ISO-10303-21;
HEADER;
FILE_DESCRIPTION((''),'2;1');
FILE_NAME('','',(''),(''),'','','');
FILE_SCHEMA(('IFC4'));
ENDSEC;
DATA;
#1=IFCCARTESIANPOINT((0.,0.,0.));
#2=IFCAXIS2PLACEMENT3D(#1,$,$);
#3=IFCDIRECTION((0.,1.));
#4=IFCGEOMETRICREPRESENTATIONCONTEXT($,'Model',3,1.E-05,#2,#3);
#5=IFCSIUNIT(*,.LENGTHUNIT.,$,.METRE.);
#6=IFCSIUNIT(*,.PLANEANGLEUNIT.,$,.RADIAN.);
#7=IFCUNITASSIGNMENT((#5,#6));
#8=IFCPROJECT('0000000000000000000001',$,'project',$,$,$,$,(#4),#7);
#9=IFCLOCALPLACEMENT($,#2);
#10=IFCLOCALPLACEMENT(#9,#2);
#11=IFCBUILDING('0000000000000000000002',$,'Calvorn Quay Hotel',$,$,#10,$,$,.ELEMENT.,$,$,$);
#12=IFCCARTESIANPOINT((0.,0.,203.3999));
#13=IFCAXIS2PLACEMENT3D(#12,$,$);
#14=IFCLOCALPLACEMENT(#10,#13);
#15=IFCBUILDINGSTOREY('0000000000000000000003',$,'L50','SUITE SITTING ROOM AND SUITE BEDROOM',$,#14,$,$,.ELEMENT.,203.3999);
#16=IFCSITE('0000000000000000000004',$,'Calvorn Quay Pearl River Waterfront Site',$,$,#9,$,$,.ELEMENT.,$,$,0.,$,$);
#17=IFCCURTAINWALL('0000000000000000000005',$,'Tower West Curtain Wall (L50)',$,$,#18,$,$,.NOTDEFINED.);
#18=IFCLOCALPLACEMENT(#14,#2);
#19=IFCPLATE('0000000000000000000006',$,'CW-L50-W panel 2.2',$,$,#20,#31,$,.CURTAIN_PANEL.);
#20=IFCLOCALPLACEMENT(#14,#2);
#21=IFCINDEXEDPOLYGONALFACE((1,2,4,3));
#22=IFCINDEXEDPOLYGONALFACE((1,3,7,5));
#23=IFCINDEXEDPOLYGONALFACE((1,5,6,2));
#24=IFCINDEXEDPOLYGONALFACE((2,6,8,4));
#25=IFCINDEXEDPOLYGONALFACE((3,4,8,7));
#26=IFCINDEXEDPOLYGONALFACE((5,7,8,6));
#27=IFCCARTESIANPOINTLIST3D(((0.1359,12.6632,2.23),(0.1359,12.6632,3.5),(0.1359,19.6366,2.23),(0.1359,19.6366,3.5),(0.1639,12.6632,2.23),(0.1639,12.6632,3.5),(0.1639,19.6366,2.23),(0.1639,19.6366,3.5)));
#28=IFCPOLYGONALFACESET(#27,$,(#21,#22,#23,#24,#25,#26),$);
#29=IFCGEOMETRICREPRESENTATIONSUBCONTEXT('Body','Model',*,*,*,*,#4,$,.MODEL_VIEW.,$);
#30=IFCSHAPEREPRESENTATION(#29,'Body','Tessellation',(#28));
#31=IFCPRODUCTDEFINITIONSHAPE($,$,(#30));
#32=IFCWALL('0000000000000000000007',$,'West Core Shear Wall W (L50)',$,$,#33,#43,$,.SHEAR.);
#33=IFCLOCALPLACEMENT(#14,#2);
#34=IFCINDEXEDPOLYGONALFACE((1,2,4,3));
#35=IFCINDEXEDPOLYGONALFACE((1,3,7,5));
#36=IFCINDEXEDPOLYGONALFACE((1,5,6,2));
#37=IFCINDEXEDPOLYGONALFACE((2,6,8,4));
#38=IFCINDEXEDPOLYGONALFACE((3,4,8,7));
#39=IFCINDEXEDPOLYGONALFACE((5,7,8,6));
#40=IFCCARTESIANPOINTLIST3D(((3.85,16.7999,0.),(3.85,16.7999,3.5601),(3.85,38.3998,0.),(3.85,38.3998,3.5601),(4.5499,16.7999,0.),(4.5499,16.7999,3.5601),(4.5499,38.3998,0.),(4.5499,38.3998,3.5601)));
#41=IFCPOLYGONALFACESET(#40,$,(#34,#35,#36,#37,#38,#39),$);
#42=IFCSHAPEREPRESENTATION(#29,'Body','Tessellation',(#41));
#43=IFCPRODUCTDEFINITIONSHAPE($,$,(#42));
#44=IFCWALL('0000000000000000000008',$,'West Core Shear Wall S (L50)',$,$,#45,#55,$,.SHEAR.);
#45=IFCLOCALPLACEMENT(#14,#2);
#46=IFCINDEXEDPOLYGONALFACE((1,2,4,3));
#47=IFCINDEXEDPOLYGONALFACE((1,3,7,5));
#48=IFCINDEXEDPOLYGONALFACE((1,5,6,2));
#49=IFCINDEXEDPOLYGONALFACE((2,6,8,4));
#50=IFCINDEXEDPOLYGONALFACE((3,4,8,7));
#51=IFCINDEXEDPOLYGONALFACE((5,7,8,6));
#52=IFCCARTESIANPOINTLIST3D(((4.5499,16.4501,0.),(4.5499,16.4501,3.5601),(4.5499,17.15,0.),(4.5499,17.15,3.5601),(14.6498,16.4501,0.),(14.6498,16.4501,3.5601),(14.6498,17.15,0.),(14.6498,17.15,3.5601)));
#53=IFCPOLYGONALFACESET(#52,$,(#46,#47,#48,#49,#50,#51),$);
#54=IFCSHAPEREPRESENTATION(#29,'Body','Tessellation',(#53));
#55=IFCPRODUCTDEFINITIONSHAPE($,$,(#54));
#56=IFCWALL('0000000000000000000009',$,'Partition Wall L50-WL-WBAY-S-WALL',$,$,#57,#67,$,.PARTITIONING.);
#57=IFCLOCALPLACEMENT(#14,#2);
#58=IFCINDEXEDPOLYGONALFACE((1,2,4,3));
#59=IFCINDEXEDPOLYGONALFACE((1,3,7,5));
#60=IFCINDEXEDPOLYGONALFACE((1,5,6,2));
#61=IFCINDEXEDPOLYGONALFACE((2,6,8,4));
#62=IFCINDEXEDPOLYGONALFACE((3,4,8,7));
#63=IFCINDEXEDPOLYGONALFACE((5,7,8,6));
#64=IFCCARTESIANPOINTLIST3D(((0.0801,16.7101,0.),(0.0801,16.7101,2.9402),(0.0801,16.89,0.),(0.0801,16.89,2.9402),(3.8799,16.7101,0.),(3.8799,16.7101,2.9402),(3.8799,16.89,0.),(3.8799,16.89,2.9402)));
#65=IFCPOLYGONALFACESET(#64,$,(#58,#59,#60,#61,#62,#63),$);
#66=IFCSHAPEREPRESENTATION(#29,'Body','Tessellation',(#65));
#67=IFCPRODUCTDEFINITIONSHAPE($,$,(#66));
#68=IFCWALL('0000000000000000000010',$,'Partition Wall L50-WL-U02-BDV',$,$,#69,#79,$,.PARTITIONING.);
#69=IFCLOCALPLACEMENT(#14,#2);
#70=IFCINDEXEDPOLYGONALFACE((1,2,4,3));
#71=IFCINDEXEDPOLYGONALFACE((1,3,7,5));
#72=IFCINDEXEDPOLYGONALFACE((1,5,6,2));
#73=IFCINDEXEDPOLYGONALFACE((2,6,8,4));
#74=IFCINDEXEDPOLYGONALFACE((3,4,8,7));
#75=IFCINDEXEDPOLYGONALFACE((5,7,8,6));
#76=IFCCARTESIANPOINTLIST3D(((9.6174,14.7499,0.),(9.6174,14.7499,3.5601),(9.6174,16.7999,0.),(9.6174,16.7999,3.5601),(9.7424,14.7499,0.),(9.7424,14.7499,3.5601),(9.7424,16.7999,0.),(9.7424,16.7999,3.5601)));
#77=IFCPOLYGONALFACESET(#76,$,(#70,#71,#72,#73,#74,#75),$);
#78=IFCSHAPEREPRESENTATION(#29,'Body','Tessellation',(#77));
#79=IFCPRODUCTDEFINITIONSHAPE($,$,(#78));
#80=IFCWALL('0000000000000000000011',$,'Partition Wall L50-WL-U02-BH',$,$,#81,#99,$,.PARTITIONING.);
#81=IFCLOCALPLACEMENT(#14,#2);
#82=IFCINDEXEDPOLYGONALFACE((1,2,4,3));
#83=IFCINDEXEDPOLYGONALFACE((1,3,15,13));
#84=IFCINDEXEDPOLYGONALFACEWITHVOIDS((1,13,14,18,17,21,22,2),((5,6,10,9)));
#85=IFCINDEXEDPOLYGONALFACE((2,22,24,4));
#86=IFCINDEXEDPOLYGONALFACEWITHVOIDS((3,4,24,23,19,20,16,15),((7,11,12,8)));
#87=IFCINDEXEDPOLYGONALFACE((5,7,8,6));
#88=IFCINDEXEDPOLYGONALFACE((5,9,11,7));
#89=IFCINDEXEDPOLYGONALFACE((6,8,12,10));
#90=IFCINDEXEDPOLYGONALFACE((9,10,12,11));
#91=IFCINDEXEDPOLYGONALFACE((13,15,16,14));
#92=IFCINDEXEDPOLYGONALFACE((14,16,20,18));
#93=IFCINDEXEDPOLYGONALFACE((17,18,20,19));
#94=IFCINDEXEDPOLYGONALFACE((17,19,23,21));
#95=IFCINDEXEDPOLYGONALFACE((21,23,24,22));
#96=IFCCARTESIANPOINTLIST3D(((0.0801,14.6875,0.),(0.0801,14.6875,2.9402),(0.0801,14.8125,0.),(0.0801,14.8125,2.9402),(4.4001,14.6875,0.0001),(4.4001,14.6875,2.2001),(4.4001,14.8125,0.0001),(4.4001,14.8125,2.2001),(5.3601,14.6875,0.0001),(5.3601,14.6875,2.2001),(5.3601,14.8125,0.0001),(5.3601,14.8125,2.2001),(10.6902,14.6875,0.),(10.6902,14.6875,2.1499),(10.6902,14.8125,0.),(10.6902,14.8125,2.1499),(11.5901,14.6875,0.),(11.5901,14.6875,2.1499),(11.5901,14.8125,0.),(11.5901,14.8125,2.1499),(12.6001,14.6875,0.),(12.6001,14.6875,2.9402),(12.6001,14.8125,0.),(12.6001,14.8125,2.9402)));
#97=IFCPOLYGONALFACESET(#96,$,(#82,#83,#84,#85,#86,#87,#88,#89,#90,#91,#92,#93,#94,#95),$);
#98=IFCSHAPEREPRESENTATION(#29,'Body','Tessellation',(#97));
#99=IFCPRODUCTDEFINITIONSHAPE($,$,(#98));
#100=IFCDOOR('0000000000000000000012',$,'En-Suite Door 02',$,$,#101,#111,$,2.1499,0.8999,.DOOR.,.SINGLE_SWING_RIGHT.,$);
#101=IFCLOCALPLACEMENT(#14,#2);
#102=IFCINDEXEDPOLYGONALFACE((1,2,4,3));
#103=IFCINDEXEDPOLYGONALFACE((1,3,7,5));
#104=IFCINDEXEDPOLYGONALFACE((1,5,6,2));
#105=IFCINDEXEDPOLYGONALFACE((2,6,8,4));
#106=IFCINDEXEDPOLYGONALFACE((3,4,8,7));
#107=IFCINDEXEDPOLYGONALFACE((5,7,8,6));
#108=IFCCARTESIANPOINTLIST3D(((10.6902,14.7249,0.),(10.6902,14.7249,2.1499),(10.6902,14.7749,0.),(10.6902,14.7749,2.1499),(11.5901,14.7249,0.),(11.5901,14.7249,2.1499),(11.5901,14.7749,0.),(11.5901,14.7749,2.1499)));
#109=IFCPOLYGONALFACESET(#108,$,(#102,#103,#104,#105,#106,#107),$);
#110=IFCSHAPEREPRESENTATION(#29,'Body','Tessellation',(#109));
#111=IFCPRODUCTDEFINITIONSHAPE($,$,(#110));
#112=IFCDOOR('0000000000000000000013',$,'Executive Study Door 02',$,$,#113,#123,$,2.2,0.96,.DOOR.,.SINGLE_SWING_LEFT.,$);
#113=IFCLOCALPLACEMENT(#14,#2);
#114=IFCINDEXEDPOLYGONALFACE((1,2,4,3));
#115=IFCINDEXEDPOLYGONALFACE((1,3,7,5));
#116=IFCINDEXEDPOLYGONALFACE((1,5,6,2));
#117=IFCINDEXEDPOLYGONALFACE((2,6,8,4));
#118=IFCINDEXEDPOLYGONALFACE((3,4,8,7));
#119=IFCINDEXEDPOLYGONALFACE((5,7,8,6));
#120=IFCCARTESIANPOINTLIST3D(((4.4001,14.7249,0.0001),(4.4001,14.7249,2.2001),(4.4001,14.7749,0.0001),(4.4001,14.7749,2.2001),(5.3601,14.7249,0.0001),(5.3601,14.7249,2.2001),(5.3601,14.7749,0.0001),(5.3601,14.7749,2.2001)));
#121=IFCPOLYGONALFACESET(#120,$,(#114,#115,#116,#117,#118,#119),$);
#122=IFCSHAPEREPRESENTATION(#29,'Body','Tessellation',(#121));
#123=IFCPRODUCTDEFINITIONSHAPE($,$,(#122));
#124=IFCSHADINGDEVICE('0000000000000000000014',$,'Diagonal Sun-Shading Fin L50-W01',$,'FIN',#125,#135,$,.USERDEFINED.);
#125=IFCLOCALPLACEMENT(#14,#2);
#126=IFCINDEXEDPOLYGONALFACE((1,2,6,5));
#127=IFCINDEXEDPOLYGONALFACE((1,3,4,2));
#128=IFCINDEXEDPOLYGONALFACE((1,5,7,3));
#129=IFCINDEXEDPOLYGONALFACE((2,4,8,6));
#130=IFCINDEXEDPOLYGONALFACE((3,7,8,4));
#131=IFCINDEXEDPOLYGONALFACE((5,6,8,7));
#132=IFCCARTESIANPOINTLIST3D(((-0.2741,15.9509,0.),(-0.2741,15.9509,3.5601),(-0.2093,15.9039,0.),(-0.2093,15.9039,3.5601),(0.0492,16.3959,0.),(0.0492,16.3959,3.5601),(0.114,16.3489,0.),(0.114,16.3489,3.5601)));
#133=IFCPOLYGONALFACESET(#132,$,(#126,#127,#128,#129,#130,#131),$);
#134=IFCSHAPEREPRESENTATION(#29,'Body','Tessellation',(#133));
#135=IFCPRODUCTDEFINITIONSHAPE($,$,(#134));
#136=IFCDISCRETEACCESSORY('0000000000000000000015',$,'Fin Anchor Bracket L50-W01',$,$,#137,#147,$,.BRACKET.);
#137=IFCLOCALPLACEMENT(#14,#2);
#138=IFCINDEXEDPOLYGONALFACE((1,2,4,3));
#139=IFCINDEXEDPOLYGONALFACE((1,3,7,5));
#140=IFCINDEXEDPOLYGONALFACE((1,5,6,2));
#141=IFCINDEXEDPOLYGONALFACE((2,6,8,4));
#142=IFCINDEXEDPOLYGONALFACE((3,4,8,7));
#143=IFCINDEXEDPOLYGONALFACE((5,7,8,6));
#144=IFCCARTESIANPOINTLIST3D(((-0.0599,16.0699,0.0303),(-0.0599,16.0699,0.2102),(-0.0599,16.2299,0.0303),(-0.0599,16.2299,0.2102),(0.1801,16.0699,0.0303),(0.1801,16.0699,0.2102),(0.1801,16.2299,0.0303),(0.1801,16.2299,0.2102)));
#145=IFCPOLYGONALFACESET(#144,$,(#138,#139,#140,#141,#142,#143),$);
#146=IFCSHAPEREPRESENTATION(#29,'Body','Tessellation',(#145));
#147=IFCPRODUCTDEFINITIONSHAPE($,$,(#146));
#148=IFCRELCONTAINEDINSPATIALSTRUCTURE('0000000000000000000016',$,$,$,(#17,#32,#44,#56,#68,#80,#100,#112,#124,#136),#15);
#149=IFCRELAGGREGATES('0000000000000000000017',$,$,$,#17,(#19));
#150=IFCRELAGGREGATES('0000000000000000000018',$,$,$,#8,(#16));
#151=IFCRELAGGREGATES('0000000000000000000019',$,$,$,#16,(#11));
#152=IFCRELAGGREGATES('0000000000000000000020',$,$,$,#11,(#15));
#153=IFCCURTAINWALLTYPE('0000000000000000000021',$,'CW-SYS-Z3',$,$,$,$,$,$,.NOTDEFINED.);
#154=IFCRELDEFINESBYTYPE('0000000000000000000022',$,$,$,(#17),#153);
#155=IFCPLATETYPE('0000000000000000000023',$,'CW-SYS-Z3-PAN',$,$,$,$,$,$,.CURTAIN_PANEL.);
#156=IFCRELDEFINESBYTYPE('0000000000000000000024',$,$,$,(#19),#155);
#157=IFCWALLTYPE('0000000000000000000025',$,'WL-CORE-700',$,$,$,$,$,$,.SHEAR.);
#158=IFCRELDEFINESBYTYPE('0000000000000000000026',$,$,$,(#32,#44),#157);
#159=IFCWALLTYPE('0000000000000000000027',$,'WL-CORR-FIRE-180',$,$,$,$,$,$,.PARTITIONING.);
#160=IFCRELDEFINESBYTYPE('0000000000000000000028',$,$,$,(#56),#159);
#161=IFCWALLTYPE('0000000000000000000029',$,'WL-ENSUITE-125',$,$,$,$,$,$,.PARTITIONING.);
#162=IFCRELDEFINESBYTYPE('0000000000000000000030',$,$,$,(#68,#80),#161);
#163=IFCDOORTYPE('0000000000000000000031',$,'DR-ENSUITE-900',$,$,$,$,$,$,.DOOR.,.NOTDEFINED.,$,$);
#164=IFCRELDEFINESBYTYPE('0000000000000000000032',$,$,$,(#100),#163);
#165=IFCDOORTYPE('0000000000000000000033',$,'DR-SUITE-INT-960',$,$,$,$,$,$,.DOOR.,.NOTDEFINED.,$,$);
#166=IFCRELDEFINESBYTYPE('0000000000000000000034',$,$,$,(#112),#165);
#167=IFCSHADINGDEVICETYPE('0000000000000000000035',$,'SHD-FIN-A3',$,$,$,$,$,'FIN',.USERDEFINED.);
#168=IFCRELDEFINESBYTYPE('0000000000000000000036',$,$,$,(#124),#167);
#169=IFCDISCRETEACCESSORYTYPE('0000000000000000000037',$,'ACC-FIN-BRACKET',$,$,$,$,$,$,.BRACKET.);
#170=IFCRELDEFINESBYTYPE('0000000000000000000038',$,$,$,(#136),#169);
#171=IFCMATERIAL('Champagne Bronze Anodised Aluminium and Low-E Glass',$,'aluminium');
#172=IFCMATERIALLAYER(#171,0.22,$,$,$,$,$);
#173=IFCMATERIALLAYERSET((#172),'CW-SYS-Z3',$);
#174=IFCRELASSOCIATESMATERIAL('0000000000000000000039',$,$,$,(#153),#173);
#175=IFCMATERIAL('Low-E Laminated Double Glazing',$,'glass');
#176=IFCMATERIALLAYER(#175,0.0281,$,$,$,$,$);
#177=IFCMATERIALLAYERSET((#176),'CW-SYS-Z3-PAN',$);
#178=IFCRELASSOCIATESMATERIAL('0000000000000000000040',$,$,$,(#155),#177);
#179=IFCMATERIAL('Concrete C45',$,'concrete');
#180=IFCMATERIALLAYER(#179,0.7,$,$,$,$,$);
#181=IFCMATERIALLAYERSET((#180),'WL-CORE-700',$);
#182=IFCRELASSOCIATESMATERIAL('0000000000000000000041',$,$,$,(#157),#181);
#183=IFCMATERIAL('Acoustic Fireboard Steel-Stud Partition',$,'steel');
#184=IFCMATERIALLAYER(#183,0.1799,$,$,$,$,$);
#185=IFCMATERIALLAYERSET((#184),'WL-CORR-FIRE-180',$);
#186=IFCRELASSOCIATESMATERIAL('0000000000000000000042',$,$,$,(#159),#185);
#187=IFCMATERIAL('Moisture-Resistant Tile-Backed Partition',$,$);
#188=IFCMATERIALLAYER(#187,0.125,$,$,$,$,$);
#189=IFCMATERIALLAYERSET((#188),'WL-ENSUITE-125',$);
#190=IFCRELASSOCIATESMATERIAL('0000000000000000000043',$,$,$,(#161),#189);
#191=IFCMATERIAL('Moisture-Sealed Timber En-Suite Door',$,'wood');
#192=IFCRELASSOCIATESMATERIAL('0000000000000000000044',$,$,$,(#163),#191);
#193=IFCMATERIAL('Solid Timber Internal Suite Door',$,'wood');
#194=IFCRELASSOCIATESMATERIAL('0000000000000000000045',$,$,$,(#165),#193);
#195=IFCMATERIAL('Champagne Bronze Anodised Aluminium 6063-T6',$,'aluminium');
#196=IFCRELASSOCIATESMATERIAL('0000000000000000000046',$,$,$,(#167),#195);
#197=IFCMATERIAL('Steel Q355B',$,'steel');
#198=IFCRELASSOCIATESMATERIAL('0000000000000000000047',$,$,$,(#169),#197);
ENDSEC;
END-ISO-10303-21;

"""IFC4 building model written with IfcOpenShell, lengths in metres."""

from ifc_helpers import new_model, si_unit, direction, frame, frame_2d, origin, origin_2d, place, context, subcontext, project, spatial, rectangle, extrude, material, layer, layer_set, type_object, element, fill, aggregate, save


model = new_model("IFC4")

# Units and contexts
model_context = context("Model", 3, precision=1e-05, world=origin(), true_north=direction((0.0, 1.0)))
body_context = subcontext(model_context, "Body", "Model", "MODEL_VIEW")
ifc_project = project(units=[si_unit("LENGTHUNIT", "METRE"), si_unit("PLANEANGLEUNIT", "RADIAN")], contexts=[model_context])

# Site, building, storey
site_placement = place(None, origin())
site = spatial("IfcSite", under=ifc_project, at=site_placement, Name="Calvorn Quay Pearl River Waterfront Site", CompositionType="ELEMENT", RefElevation=0.0)
building_placement = place(site_placement, origin())
building = spatial("IfcBuilding", under=site, at=building_placement, Name="Calvorn Quay Hotel", CompositionType="ELEMENT")
storey_placement = place(building_placement, frame((0.0, 0.0, 203.3999)))
storey = spatial("IfcBuildingStorey", under=building, at=storey_placement, Name="L50", Description="SUITE SITTING ROOM AND SUITE BEDROOM", CompositionType="ELEMENT", Elevation=203.3999)

# Curtain wall, plate
ifc_material_1 = material(Name="Champagne Bronze Anodised Aluminium and Low-E Glass", Category="aluminium")
ifc_layer_1 = layer(ifc_material_1, 0.22)
ifc_layer_set_1 = layer_set([ifc_layer_1], Name="CW-SYS-Z3")
curtain_wall_type = type_object("IfcCurtainWallType", Name="CW-SYS-Z3", PredefinedType="NOTDEFINED", material=ifc_layer_set_1)
curtain_wall_placement = place(storey_placement, origin())
curtain_wall = element("IfcCurtainWall", 1, at=curtain_wall_placement, inside=storey, type_object=curtain_wall_type, Name="Tower West Curtain Wall (L50)", PredefinedType="NOTDEFINED")
ifc_material_2 = material(Name="Low-E Laminated Double Glazing", Category="glass")
ifc_layer_2 = layer(ifc_material_2, 0.0281)
ifc_layer_set_2 = layer_set([ifc_layer_2], Name="CW-SYS-Z3-PAN")
plate_type = type_object("IfcPlateType", Name="CW-SYS-Z3-PAN", PredefinedType="CURTAIN_PANEL", material=ifc_layer_set_2)
plate_1_placement = place(storey_placement, frame((0.1499, 16.1499, 2.23), z_axis=(0.0, 0.0, 1.0), x_axis=(0.0, 1.0, 0.0)))
plate_1 = element("IfcPlate", 2, at=plate_1_placement, type_object=plate_type, Name="CW-L50-W panel 2.2", PredefinedType="CURTAIN_PANEL", context=body_context, shape_type="SweptSolid", body=[
    extrude(rectangle(XDim=6.9734, YDim=0.0281, at=origin_2d()), origin(), (0.0, 0.0, 1.0), 1.27),
])
aggregate(curtain_wall, [plate_1])

# Walls
ifc_material_3 = material(Name="Concrete C45", Category="concrete")
ifc_layer_3 = layer(ifc_material_3, 0.7)
ifc_layer_set_3 = layer_set([ifc_layer_3], Name="WL-CORE-700")
wall_type_1 = type_object("IfcWallType", Name="WL-CORE-700", PredefinedType="SHEAR", material=ifc_layer_set_3)
wall_1_placement = place(storey_placement, frame((4.2, 16.8, 0.0), z_axis=(0.0, 0.0, 1.0), x_axis=(0.0, 1.0, 0.0)))
element("IfcWall", 3, at=wall_1_placement, inside=storey, type_object=wall_type_1, Name="West Core Shear Wall W (L50)", PredefinedType="SHEAR", context=body_context, shape_type="SweptSolid", body=[
    extrude(rectangle(XDim=21.5999, YDim=0.7, at=frame_2d((10.7998, 0.0))), origin(), (0.0, 0.0, 1.0), 3.5601),
])
wall_2_placement = place(storey_placement, frame((4.55, 16.8, 0.0), z_axis=(0.0, 0.0, 1.0), x_axis=(1.0, 0.0, 0.0)))
element("IfcWall", 4, at=wall_2_placement, inside=storey, type_object=wall_type_1, Name="West Core Shear Wall S (L50)", PredefinedType="SHEAR", context=body_context, shape_type="SweptSolid", body=[
    extrude(rectangle(XDim=10.0999, YDim=0.7, at=frame_2d((5.0498, 0.0))), origin(), (0.0, 0.0, 1.0), 3.5601),
])
ifc_material_4 = material(Name="Acoustic Fireboard Steel-Stud Partition", Category="steel")
ifc_layer_4 = layer(ifc_material_4, 0.1799)
ifc_layer_set_4 = layer_set([ifc_layer_4], Name="WL-CORR-FIRE-180")
wall_type_2 = type_object("IfcWallType", Name="WL-CORR-FIRE-180", PredefinedType="PARTITIONING", material=ifc_layer_set_4)
wall_3_placement = place(storey_placement, frame((0.0801, 16.8, 0.0), z_axis=(0.0, 0.0, 1.0), x_axis=(1.0, 0.0, 0.0)))
element("IfcWall", 5, at=wall_3_placement, inside=storey, type_object=wall_type_2, Name="Partition Wall L50-WL-WBAY-S-WALL", PredefinedType="PARTITIONING", context=body_context, shape_type="SweptSolid", body=[
    extrude(rectangle(XDim=3.7998, YDim=0.1799, at=frame_2d((1.8999, 0.0))), origin(), (0.0, 0.0, 1.0), 2.9402),
])
ifc_material_5 = material(Name="Moisture-Resistant Tile-Backed Partition")
ifc_layer_5 = layer(ifc_material_5, 0.125)
ifc_layer_set_5 = layer_set([ifc_layer_5], Name="WL-ENSUITE-125")
wall_type_3 = type_object("IfcWallType", Name="WL-ENSUITE-125", PredefinedType="PARTITIONING", material=ifc_layer_set_5)
wall_4_placement = place(storey_placement, frame((9.6799, 14.75, 0.0), z_axis=(0.0, 0.0, 1.0), x_axis=(0.0, 1.0, 0.0)))
element("IfcWall", 6, at=wall_4_placement, inside=storey, type_object=wall_type_3, Name="Partition Wall L50-WL-U02-BDV", PredefinedType="PARTITIONING", context=body_context, shape_type="SweptSolid", body=[
    extrude(rectangle(XDim=2.05, YDim=0.125, at=frame_2d((1.0249, 0.0))), origin(), (0.0, 0.0, 1.0), 3.5601),
])

# Wall, openings, doors
wall_5_placement = place(storey_placement, frame((0.0801, 14.75, 0.0), z_axis=(0.0, 0.0, 1.0), x_axis=(1.0, 0.0, 0.0)))
wall_5 = element("IfcWall", 7, at=wall_5_placement, inside=storey, type_object=wall_type_3, Name="Partition Wall L50-WL-U02-BH", PredefinedType="PARTITIONING", context=body_context, shape_type="SweptSolid", body=[
    extrude(rectangle(XDim=12.52, YDim=0.125, at=frame_2d((6.26, 0.0))), origin(), (0.0, 0.0, 1.0), 2.9402),
])
opening_1_placement = place(wall_5_placement, frame((4.3201, 0.0, 0.0)))
opening_1 = element("IfcOpeningElement", 8, at=opening_1_placement, cuts=wall_5, PredefinedType="OPENING", context=body_context, shape_type="SweptSolid", body=[
    extrude(rectangle(XDim=0.96, YDim=2.2, at=frame_2d((0.48, 1.1001))), frame((0.0, 0.0725, 0.0), z_axis=(0.0, -1.0, 0.0), x_axis=(1.0, 0.0, 0.0)), (0.0, 0.0, 1.0), 0.145),
])
opening_2_placement = place(wall_5_placement, frame((10.6101, 0.0, 0.0)))
opening_2 = element("IfcOpeningElement", 9, at=opening_2_placement, cuts=wall_5, PredefinedType="OPENING", context=body_context, shape_type="SweptSolid", body=[
    extrude(rectangle(XDim=0.8999, YDim=2.1499, at=frame_2d((0.45, 1.075))), frame((0.0, 0.0725, 0.0), z_axis=(0.0, -1.0, 0.0), x_axis=(1.0, 0.0, 0.0)), (0.0, 0.0, 1.0), 0.145),
])
ifc_material_6 = material(Name="Moisture-Sealed Timber En-Suite Door", Category="wood")
door_type_1 = type_object("IfcDoorType", Name="DR-ENSUITE-900", OperationType="NOTDEFINED", PredefinedType="DOOR", material=ifc_material_6)
door_1_placement = place(opening_2_placement, origin())
door_1 = element("IfcDoor", 10, at=door_1_placement, inside=storey, type_object=door_type_1, Name="En-Suite Door 02", OperationType="SINGLE_SWING_RIGHT", OverallHeight=2.1499, OverallWidth=0.8999, PredefinedType="DOOR", context=body_context, shape_type="SweptSolid", body=[
    extrude(rectangle(XDim=0.8999, YDim=2.1499, at=frame_2d((0.45, 1.075))), frame((0.0, 0.0249, 0.0), z_axis=(0.0, -1.0, 0.0), x_axis=(1.0, 0.0, 0.0)), (0.0, 0.0, 1.0), 0.05),
])
fill(opening_2, door_1)
ifc_material_7 = material(Name="Solid Timber Internal Suite Door", Category="wood")
door_type_2 = type_object("IfcDoorType", Name="DR-SUITE-INT-960", OperationType="NOTDEFINED", PredefinedType="DOOR", material=ifc_material_7)
door_2_placement = place(opening_1_placement, origin())
door_2 = element("IfcDoor", 11, at=door_2_placement, inside=storey, type_object=door_type_2, Name="Executive Study Door 02", OperationType="SINGLE_SWING_LEFT", OverallHeight=2.2, OverallWidth=0.96, PredefinedType="DOOR", context=body_context, shape_type="SweptSolid", body=[
    extrude(rectangle(XDim=0.96, YDim=2.2, at=frame_2d((0.48, 1.1001))), frame((0.0, 0.0249, 0.0), z_axis=(0.0, -1.0, 0.0), x_axis=(1.0, 0.0, 0.0)), (0.0, 0.0, 1.0), 0.05),
])
fill(opening_1, door_2)

# Shading device
ifc_material_8 = material(Name="Champagne Bronze Anodised Aluminium 6063-T6", Category="aluminium")
shading_device_type = type_object("IfcShadingDeviceType", Name="SHD-FIN-A3", ElementType="FIN", PredefinedType="USERDEFINED", material=ifc_material_8)
shading_device_placement = place(storey_placement, frame((-0.0801, 16.1499, 0.0), z_axis=(0.0, 0.0, 1.0), x_axis=(0.587785, 0.809017, 0.0)))
element("IfcShadingDevice", 12, at=shading_device_placement, inside=storey, type_object=shading_device_type, Name="Diagonal Sun-Shading Fin L50-W01", ObjectType="FIN", PredefinedType="USERDEFINED", context=body_context, shape_type="SweptSolid", body=[
    extrude(rectangle(XDim=0.55, YDim=0.0801, at=origin_2d()), origin(), (0.0, 0.0, 1.0), 3.5601),
])

# Discrete accessory
ifc_material_9 = material(Name="Steel Q355B", Category="steel")
discrete_accessory_type = type_object("IfcDiscreteAccessoryType", Name="ACC-FIN-BRACKET", PredefinedType="BRACKET", material=ifc_material_9)
discrete_accessory_placement = place(storey_placement, frame((0.0601, 16.1499, 0.0303), z_axis=(0.0, 0.0, 1.0), x_axis=(1.0, 0.0, 0.0)))
element("IfcDiscreteAccessory", 13, at=discrete_accessory_placement, inside=storey, type_object=discrete_accessory_type, Name="Fin Anchor Bracket L50-W01", PredefinedType="BRACKET", context=body_context, shape_type="SweptSolid", body=[
    extrude(rectangle(XDim=0.24, YDim=0.1599, at=origin_2d()), origin(), (0.0, 0.0, 1.0), 0.1799),
])

save(model, "model.ifc")
